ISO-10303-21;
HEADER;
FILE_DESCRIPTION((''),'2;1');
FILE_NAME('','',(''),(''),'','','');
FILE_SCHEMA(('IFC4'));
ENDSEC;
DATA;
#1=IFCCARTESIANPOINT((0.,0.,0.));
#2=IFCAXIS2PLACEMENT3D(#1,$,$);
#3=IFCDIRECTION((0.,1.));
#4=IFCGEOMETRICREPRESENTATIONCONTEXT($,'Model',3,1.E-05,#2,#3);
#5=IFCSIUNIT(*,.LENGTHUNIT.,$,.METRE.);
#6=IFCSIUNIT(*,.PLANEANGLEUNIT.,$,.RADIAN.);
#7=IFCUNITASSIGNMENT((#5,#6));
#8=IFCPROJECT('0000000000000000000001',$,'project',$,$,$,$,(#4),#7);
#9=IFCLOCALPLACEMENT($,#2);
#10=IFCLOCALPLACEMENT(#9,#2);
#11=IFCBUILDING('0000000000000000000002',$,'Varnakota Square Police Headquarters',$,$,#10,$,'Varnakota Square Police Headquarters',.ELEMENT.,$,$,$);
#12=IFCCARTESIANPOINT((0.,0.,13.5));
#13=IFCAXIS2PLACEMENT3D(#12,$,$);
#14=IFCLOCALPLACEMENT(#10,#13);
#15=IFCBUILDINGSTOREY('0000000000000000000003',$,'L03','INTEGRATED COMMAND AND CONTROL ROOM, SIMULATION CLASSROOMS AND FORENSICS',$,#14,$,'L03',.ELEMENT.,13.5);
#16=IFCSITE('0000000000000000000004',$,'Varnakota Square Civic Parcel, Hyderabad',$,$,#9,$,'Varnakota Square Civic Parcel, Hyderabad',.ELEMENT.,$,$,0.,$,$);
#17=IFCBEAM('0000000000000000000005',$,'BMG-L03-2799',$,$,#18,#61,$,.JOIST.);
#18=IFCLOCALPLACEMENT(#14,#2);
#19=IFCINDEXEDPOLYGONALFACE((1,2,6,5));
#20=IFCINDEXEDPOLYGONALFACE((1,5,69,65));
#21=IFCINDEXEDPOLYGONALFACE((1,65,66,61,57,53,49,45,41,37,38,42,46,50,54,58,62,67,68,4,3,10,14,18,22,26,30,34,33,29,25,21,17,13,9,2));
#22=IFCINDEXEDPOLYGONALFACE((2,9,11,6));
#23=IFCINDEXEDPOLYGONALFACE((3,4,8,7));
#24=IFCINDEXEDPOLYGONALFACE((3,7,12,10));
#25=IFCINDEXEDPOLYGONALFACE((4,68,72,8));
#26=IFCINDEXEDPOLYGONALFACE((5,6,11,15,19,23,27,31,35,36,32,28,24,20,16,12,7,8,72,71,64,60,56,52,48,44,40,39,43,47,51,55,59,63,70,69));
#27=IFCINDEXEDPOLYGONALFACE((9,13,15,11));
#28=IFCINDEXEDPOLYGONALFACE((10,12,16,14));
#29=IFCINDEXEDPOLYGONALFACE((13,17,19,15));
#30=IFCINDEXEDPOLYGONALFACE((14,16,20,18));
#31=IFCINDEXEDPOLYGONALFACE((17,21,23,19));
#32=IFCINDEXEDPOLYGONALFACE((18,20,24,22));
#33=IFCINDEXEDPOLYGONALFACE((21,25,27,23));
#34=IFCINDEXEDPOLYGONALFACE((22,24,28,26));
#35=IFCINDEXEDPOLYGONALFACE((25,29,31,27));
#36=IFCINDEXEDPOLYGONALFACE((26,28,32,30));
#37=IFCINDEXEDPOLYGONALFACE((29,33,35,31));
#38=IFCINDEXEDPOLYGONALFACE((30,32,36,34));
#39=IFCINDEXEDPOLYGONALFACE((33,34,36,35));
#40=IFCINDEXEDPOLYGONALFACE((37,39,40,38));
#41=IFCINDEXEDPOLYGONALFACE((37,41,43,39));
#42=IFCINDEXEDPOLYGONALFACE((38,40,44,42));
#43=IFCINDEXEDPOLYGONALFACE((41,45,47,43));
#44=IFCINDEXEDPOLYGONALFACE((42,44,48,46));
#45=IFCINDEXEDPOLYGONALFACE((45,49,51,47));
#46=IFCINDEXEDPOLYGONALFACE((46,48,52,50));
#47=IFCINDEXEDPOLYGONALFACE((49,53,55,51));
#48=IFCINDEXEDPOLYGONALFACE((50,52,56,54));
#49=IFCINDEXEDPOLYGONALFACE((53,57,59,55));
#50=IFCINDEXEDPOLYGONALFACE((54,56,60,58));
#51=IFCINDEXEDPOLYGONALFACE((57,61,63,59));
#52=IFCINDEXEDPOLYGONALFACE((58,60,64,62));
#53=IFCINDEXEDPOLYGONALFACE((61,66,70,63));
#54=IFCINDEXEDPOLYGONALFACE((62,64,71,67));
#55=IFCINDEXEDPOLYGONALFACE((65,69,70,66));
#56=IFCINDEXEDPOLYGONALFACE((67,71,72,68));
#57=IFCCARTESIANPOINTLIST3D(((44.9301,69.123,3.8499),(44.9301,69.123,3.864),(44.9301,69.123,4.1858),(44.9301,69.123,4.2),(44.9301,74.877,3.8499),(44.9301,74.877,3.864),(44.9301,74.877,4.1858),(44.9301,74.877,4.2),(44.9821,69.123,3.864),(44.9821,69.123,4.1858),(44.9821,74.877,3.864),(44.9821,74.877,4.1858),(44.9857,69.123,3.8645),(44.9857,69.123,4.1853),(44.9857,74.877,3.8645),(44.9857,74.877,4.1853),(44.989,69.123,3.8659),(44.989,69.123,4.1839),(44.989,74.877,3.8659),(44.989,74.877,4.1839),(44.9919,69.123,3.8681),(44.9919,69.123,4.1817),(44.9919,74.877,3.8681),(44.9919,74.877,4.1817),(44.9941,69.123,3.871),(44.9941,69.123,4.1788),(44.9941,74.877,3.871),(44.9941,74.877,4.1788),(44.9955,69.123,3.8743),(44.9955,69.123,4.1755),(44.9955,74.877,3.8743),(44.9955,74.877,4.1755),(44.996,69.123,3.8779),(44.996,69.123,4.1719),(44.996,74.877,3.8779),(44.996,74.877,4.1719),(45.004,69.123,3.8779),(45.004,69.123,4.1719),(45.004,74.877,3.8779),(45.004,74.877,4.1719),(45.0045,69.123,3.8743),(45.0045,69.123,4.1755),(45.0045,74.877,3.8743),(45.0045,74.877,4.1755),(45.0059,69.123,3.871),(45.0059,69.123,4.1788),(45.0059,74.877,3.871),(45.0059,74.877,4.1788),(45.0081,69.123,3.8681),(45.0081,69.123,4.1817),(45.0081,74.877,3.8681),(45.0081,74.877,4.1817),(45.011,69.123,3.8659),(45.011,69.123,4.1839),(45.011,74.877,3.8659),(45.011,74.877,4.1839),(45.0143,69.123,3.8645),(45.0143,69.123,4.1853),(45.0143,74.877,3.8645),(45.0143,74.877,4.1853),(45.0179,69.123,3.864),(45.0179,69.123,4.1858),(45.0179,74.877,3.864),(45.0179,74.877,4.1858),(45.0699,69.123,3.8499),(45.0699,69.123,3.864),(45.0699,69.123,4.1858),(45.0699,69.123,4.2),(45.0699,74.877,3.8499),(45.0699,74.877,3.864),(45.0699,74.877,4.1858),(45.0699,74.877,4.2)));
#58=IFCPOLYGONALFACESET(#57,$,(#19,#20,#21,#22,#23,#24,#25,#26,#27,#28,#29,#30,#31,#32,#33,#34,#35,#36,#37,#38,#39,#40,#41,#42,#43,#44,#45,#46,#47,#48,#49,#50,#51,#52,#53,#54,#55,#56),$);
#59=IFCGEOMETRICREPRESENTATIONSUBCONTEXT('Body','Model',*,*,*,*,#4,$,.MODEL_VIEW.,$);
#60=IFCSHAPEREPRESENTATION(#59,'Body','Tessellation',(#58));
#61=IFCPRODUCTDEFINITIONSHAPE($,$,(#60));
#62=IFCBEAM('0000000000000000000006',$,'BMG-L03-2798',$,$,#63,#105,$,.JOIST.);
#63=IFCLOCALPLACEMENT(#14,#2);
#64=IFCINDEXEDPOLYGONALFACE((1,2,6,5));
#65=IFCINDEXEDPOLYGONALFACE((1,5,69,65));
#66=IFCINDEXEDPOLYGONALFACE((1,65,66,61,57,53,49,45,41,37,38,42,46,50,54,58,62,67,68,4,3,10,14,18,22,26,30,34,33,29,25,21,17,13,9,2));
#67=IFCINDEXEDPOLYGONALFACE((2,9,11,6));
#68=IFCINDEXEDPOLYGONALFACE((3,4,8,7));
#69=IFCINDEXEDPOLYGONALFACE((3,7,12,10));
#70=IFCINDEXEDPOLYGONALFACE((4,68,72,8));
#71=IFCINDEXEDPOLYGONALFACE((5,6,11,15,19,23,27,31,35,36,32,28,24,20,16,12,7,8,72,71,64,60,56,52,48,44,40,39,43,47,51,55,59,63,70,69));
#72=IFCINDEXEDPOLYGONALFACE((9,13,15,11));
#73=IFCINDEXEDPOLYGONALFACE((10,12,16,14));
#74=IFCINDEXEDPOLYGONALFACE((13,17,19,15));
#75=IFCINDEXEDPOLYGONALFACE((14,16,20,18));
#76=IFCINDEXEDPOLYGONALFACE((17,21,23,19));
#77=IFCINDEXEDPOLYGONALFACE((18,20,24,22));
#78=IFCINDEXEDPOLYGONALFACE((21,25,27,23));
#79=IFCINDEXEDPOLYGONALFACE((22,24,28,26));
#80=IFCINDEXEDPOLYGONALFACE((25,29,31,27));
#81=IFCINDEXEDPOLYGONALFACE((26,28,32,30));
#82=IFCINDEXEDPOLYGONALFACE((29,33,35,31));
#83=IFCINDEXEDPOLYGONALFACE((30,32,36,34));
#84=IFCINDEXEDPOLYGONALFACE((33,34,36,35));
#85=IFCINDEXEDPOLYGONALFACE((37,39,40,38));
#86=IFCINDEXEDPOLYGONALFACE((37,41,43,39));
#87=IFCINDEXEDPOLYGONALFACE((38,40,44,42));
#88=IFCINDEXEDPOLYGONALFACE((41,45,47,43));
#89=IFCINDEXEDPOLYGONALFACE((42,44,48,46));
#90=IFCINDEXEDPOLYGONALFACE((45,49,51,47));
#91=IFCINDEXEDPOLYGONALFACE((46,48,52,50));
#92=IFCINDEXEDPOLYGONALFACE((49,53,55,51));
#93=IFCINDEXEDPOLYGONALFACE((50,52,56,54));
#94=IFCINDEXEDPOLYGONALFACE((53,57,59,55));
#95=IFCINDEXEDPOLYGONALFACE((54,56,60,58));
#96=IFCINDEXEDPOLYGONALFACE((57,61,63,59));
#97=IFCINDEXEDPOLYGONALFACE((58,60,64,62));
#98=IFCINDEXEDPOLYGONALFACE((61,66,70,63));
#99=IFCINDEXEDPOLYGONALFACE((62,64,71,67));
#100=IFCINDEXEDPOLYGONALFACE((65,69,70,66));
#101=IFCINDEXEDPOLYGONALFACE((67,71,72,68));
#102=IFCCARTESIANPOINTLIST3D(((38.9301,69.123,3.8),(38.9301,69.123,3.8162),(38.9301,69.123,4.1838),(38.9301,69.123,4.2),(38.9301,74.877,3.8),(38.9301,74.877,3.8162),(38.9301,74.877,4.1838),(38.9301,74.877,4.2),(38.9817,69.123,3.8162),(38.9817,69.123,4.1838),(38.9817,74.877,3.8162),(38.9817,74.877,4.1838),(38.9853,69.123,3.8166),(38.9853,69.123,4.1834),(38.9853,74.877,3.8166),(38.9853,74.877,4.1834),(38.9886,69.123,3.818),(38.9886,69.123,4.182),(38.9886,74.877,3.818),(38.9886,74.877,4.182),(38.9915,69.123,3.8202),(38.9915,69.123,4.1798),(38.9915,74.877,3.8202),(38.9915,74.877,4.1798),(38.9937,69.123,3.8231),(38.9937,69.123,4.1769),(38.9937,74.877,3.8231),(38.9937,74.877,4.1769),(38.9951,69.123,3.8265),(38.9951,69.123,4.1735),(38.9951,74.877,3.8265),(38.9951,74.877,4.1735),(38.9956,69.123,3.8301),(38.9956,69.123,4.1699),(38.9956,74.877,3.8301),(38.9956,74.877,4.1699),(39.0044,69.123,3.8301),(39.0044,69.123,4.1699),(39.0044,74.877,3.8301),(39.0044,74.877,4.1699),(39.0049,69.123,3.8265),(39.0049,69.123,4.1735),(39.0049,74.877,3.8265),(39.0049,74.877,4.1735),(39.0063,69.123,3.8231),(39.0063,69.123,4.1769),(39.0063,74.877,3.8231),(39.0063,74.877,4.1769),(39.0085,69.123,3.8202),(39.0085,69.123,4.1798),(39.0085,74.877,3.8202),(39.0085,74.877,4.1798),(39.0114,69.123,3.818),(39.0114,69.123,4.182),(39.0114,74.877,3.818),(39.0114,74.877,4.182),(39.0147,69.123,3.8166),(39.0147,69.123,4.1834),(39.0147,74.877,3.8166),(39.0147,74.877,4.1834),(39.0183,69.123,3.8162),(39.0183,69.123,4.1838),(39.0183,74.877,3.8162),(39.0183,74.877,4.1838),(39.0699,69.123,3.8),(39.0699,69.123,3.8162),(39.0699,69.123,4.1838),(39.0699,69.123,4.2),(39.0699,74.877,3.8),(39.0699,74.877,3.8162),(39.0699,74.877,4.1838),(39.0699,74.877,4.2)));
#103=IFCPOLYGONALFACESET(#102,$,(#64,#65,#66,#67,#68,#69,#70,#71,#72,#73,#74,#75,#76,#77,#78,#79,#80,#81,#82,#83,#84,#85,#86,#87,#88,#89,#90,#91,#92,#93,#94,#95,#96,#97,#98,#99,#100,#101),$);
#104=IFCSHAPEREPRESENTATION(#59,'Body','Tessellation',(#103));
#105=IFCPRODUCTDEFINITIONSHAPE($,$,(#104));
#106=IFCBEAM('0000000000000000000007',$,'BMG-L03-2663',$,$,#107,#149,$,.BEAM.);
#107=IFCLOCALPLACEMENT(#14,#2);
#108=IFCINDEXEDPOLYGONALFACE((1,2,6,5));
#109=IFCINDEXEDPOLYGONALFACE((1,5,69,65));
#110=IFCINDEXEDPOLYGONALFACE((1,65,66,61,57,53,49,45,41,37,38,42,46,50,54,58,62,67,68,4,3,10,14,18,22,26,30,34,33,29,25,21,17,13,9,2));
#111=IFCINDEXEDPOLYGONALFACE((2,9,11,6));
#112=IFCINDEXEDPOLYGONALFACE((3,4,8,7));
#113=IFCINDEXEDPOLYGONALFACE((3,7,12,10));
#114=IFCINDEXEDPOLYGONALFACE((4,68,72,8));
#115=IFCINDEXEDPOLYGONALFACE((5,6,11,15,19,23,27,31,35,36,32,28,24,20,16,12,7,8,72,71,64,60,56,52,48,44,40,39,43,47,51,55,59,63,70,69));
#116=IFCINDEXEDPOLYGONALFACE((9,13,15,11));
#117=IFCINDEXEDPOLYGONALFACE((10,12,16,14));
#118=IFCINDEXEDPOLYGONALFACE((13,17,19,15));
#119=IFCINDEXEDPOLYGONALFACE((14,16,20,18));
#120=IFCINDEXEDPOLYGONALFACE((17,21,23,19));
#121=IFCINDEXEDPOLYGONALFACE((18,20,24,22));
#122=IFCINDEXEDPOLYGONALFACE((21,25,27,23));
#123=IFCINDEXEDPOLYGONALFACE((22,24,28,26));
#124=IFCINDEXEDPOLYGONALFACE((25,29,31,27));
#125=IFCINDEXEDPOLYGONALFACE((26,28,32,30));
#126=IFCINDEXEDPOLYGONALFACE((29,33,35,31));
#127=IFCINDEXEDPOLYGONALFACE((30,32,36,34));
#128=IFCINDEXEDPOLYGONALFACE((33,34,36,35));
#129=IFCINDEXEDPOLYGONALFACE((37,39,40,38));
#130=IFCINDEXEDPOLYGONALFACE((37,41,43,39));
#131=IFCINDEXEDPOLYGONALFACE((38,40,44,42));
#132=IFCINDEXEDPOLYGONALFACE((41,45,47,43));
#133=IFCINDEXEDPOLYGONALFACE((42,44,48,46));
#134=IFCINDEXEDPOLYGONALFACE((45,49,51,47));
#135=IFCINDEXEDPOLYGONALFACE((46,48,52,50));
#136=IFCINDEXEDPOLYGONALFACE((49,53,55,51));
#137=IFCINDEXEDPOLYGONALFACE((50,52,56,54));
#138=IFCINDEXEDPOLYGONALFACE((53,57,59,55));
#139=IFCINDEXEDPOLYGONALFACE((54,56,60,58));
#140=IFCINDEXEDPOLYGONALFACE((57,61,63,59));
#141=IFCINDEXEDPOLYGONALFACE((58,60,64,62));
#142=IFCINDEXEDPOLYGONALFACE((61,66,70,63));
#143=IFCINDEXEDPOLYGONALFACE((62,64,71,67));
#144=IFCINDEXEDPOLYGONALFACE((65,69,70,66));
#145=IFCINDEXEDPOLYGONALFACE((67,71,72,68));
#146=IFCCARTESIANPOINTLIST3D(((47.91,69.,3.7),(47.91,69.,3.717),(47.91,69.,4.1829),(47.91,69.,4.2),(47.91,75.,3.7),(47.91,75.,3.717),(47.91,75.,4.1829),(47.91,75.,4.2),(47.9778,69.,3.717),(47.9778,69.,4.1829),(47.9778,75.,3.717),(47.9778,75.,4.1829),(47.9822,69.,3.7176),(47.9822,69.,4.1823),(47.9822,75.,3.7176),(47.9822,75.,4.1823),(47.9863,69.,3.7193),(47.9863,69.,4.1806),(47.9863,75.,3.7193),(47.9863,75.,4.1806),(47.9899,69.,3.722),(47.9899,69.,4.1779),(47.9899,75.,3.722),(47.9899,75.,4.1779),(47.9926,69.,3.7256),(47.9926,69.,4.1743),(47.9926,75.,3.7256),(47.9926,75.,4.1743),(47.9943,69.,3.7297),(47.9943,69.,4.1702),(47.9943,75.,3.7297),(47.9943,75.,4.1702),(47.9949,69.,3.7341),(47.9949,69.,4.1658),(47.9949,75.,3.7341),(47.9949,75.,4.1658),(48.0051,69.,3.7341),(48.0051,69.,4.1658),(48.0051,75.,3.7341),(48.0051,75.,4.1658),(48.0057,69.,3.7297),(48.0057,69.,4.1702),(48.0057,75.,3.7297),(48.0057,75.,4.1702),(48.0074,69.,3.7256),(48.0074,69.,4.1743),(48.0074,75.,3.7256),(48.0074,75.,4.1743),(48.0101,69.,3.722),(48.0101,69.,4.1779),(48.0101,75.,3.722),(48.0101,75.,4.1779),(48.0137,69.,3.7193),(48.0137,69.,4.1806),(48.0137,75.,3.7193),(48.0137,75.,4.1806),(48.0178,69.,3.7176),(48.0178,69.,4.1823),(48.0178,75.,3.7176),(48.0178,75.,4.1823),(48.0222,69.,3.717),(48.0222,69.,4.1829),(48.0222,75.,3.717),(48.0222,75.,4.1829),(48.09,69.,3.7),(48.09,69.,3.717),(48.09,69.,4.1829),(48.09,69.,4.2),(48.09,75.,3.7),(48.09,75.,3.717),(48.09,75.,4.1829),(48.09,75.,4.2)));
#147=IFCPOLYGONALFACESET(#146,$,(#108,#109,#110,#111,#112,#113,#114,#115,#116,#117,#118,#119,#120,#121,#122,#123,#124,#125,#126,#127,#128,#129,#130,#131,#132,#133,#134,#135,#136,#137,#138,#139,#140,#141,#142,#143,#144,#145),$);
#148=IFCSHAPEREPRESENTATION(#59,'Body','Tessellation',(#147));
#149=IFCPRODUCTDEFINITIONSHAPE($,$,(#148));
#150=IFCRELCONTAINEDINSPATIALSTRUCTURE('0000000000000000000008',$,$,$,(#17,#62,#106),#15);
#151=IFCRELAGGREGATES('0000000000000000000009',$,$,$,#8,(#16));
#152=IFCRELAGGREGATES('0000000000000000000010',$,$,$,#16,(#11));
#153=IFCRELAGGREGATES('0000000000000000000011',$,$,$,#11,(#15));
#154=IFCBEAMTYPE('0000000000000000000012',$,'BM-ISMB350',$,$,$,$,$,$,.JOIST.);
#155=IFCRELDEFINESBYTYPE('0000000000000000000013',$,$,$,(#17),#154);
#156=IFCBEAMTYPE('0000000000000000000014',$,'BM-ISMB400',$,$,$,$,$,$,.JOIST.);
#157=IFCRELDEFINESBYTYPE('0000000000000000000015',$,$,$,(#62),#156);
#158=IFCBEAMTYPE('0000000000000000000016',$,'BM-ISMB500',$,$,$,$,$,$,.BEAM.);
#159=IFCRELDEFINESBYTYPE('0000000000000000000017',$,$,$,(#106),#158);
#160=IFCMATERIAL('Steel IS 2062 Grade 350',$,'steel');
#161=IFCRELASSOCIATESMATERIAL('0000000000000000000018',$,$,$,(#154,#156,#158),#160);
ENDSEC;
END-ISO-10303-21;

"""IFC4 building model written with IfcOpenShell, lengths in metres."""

from ifc_helpers import new_model, si_unit, direction, frame, origin, origin_2d, place, context, subcontext, project, spatial, i_section, extrude, material, material_profile, profile_set, type_object, element, save


model = new_model("IFC4")

# Units and contexts
model_context = context("Model", 3, precision=1e-05, world=origin(), true_north=direction((0.0, 1.0)))
body_context = subcontext(model_context, "Body", "Model", "MODEL_VIEW")
ifc_project = project(units=[si_unit("LENGTHUNIT", "METRE"), si_unit("PLANEANGLEUNIT", "RADIAN")], contexts=[model_context])

# Site, building, storey
site_placement = place(None, origin())
site = spatial("IfcSite", under=ifc_project, at=site_placement, Name="Varnakota Square Civic Parcel, Hyderabad", LongName="Varnakota Square Civic Parcel, Hyderabad", CompositionType="ELEMENT", RefElevation=0.0)
building_placement = place(site_placement, origin())
building = spatial("IfcBuilding", under=site, at=building_placement, Name="Varnakota Square Police Headquarters", LongName="Varnakota Square Police Headquarters", CompositionType="ELEMENT")
storey_placement = place(building_placement, frame((0.0, 0.0, 13.5)))
storey = spatial("IfcBuildingStorey", under=building, at=storey_placement, Name="L03", Description="INTEGRATED COMMAND AND CONTROL ROOM, SIMULATION CLASSROOMS AND FORENSICS", LongName="L03", CompositionType="ELEMENT", Elevation=13.5)

# Shared definitions
ifc_material_1 = material(Name="Steel IS 2062 Grade 350", Category="steel")

# Beams
ifc_material_profile_1 = material_profile(ifc_material_1, i_section(OverallWidth=0.1399, OverallDepth=0.3501, WebThickness=0.0081, FlangeThickness=0.0142, FilletRadius=0.0139, at=origin_2d()), Name="ISMB 350")
ifc_profile_set_1 = profile_set([ifc_material_profile_1], Name="Steel IS 2062 Grade 350")
beam_type_1 = type_object("IfcBeamType", Name="BM-ISMB350", PredefinedType="JOIST", material=ifc_profile_set_1)
beam_1_placement = place(storey_placement, frame((45.0, 69.123, 4.0249), z_axis=(0.0, 1.0, 0.0), x_axis=(-1.0, 0.0, 0.0)))
element("IfcBeam", 1, at=beam_1_placement, inside=storey, type_object=beam_type_1, Name="BMG-L03-2799", PredefinedType="JOIST", context=body_context, shape_type="SweptSolid", body=[
    extrude(i_section(OverallWidth=0.1399, OverallDepth=0.3501, WebThickness=0.0081, FlangeThickness=0.0142, FilletRadius=0.0139, at=origin_2d()), origin(), (0.0, 0.0, 1.0), 5.7539),
])
ifc_material_profile_2 = material_profile(ifc_material_1, i_section(OverallWidth=0.1399, OverallDepth=0.3999, WebThickness=0.0088, FlangeThickness=0.0161, FilletRadius=0.0139, at=origin_2d()), Name="ISMB 400")
ifc_profile_set_2 = profile_set([ifc_material_profile_2], Name="Steel IS 2062 Grade 350")
beam_type_2 = type_object("IfcBeamType", Name="BM-ISMB400", PredefinedType="JOIST", material=ifc_profile_set_2)
beam_2_placement = place(storey_placement, frame((39.0, 69.123, 4.0), z_axis=(0.0, 1.0, 0.0), x_axis=(-1.0, 0.0, 0.0)))
element("IfcBeam", 2, at=beam_2_placement, inside=storey, type_object=beam_type_2, Name="BMG-L03-2798", PredefinedType="JOIST", context=body_context, shape_type="SweptSolid", body=[
    extrude(i_section(OverallWidth=0.1399, OverallDepth=0.3999, WebThickness=0.0088, FlangeThickness=0.0161, FilletRadius=0.0139, at=origin_2d()), origin(), (0.0, 0.0, 1.0), 5.7539),
])
ifc_material_profile_3 = material_profile(ifc_material_1, i_section(OverallWidth=0.1799, OverallDepth=0.5, WebThickness=0.0103, FlangeThickness=0.0171, FilletRadius=0.0171, at=origin_2d()), Name="ISMB 500")
ifc_profile_set_3 = profile_set([ifc_material_profile_3], Name="Steel IS 2062 Grade 350")
beam_type_3 = type_object("IfcBeamType", Name="BM-ISMB500", PredefinedType="BEAM", material=ifc_profile_set_3)
beam_3_placement = place(storey_placement, frame((48.0, 69.0, 3.95), z_axis=(0.0, 1.0, 0.0), x_axis=(-1.0, 0.0, 0.0)))
element("IfcBeam", 3, at=beam_3_placement, inside=storey, type_object=beam_type_3, Name="BMG-L03-2663", PredefinedType="BEAM", context=body_context, shape_type="SweptSolid", body=[
    extrude(i_section(OverallWidth=0.1799, OverallDepth=0.5, WebThickness=0.0103, FlangeThickness=0.0171, FilletRadius=0.0171, at=origin_2d()), origin(), (0.0, 0.0, 1.0), 6.0),
])

save(model, "model.ifc")
